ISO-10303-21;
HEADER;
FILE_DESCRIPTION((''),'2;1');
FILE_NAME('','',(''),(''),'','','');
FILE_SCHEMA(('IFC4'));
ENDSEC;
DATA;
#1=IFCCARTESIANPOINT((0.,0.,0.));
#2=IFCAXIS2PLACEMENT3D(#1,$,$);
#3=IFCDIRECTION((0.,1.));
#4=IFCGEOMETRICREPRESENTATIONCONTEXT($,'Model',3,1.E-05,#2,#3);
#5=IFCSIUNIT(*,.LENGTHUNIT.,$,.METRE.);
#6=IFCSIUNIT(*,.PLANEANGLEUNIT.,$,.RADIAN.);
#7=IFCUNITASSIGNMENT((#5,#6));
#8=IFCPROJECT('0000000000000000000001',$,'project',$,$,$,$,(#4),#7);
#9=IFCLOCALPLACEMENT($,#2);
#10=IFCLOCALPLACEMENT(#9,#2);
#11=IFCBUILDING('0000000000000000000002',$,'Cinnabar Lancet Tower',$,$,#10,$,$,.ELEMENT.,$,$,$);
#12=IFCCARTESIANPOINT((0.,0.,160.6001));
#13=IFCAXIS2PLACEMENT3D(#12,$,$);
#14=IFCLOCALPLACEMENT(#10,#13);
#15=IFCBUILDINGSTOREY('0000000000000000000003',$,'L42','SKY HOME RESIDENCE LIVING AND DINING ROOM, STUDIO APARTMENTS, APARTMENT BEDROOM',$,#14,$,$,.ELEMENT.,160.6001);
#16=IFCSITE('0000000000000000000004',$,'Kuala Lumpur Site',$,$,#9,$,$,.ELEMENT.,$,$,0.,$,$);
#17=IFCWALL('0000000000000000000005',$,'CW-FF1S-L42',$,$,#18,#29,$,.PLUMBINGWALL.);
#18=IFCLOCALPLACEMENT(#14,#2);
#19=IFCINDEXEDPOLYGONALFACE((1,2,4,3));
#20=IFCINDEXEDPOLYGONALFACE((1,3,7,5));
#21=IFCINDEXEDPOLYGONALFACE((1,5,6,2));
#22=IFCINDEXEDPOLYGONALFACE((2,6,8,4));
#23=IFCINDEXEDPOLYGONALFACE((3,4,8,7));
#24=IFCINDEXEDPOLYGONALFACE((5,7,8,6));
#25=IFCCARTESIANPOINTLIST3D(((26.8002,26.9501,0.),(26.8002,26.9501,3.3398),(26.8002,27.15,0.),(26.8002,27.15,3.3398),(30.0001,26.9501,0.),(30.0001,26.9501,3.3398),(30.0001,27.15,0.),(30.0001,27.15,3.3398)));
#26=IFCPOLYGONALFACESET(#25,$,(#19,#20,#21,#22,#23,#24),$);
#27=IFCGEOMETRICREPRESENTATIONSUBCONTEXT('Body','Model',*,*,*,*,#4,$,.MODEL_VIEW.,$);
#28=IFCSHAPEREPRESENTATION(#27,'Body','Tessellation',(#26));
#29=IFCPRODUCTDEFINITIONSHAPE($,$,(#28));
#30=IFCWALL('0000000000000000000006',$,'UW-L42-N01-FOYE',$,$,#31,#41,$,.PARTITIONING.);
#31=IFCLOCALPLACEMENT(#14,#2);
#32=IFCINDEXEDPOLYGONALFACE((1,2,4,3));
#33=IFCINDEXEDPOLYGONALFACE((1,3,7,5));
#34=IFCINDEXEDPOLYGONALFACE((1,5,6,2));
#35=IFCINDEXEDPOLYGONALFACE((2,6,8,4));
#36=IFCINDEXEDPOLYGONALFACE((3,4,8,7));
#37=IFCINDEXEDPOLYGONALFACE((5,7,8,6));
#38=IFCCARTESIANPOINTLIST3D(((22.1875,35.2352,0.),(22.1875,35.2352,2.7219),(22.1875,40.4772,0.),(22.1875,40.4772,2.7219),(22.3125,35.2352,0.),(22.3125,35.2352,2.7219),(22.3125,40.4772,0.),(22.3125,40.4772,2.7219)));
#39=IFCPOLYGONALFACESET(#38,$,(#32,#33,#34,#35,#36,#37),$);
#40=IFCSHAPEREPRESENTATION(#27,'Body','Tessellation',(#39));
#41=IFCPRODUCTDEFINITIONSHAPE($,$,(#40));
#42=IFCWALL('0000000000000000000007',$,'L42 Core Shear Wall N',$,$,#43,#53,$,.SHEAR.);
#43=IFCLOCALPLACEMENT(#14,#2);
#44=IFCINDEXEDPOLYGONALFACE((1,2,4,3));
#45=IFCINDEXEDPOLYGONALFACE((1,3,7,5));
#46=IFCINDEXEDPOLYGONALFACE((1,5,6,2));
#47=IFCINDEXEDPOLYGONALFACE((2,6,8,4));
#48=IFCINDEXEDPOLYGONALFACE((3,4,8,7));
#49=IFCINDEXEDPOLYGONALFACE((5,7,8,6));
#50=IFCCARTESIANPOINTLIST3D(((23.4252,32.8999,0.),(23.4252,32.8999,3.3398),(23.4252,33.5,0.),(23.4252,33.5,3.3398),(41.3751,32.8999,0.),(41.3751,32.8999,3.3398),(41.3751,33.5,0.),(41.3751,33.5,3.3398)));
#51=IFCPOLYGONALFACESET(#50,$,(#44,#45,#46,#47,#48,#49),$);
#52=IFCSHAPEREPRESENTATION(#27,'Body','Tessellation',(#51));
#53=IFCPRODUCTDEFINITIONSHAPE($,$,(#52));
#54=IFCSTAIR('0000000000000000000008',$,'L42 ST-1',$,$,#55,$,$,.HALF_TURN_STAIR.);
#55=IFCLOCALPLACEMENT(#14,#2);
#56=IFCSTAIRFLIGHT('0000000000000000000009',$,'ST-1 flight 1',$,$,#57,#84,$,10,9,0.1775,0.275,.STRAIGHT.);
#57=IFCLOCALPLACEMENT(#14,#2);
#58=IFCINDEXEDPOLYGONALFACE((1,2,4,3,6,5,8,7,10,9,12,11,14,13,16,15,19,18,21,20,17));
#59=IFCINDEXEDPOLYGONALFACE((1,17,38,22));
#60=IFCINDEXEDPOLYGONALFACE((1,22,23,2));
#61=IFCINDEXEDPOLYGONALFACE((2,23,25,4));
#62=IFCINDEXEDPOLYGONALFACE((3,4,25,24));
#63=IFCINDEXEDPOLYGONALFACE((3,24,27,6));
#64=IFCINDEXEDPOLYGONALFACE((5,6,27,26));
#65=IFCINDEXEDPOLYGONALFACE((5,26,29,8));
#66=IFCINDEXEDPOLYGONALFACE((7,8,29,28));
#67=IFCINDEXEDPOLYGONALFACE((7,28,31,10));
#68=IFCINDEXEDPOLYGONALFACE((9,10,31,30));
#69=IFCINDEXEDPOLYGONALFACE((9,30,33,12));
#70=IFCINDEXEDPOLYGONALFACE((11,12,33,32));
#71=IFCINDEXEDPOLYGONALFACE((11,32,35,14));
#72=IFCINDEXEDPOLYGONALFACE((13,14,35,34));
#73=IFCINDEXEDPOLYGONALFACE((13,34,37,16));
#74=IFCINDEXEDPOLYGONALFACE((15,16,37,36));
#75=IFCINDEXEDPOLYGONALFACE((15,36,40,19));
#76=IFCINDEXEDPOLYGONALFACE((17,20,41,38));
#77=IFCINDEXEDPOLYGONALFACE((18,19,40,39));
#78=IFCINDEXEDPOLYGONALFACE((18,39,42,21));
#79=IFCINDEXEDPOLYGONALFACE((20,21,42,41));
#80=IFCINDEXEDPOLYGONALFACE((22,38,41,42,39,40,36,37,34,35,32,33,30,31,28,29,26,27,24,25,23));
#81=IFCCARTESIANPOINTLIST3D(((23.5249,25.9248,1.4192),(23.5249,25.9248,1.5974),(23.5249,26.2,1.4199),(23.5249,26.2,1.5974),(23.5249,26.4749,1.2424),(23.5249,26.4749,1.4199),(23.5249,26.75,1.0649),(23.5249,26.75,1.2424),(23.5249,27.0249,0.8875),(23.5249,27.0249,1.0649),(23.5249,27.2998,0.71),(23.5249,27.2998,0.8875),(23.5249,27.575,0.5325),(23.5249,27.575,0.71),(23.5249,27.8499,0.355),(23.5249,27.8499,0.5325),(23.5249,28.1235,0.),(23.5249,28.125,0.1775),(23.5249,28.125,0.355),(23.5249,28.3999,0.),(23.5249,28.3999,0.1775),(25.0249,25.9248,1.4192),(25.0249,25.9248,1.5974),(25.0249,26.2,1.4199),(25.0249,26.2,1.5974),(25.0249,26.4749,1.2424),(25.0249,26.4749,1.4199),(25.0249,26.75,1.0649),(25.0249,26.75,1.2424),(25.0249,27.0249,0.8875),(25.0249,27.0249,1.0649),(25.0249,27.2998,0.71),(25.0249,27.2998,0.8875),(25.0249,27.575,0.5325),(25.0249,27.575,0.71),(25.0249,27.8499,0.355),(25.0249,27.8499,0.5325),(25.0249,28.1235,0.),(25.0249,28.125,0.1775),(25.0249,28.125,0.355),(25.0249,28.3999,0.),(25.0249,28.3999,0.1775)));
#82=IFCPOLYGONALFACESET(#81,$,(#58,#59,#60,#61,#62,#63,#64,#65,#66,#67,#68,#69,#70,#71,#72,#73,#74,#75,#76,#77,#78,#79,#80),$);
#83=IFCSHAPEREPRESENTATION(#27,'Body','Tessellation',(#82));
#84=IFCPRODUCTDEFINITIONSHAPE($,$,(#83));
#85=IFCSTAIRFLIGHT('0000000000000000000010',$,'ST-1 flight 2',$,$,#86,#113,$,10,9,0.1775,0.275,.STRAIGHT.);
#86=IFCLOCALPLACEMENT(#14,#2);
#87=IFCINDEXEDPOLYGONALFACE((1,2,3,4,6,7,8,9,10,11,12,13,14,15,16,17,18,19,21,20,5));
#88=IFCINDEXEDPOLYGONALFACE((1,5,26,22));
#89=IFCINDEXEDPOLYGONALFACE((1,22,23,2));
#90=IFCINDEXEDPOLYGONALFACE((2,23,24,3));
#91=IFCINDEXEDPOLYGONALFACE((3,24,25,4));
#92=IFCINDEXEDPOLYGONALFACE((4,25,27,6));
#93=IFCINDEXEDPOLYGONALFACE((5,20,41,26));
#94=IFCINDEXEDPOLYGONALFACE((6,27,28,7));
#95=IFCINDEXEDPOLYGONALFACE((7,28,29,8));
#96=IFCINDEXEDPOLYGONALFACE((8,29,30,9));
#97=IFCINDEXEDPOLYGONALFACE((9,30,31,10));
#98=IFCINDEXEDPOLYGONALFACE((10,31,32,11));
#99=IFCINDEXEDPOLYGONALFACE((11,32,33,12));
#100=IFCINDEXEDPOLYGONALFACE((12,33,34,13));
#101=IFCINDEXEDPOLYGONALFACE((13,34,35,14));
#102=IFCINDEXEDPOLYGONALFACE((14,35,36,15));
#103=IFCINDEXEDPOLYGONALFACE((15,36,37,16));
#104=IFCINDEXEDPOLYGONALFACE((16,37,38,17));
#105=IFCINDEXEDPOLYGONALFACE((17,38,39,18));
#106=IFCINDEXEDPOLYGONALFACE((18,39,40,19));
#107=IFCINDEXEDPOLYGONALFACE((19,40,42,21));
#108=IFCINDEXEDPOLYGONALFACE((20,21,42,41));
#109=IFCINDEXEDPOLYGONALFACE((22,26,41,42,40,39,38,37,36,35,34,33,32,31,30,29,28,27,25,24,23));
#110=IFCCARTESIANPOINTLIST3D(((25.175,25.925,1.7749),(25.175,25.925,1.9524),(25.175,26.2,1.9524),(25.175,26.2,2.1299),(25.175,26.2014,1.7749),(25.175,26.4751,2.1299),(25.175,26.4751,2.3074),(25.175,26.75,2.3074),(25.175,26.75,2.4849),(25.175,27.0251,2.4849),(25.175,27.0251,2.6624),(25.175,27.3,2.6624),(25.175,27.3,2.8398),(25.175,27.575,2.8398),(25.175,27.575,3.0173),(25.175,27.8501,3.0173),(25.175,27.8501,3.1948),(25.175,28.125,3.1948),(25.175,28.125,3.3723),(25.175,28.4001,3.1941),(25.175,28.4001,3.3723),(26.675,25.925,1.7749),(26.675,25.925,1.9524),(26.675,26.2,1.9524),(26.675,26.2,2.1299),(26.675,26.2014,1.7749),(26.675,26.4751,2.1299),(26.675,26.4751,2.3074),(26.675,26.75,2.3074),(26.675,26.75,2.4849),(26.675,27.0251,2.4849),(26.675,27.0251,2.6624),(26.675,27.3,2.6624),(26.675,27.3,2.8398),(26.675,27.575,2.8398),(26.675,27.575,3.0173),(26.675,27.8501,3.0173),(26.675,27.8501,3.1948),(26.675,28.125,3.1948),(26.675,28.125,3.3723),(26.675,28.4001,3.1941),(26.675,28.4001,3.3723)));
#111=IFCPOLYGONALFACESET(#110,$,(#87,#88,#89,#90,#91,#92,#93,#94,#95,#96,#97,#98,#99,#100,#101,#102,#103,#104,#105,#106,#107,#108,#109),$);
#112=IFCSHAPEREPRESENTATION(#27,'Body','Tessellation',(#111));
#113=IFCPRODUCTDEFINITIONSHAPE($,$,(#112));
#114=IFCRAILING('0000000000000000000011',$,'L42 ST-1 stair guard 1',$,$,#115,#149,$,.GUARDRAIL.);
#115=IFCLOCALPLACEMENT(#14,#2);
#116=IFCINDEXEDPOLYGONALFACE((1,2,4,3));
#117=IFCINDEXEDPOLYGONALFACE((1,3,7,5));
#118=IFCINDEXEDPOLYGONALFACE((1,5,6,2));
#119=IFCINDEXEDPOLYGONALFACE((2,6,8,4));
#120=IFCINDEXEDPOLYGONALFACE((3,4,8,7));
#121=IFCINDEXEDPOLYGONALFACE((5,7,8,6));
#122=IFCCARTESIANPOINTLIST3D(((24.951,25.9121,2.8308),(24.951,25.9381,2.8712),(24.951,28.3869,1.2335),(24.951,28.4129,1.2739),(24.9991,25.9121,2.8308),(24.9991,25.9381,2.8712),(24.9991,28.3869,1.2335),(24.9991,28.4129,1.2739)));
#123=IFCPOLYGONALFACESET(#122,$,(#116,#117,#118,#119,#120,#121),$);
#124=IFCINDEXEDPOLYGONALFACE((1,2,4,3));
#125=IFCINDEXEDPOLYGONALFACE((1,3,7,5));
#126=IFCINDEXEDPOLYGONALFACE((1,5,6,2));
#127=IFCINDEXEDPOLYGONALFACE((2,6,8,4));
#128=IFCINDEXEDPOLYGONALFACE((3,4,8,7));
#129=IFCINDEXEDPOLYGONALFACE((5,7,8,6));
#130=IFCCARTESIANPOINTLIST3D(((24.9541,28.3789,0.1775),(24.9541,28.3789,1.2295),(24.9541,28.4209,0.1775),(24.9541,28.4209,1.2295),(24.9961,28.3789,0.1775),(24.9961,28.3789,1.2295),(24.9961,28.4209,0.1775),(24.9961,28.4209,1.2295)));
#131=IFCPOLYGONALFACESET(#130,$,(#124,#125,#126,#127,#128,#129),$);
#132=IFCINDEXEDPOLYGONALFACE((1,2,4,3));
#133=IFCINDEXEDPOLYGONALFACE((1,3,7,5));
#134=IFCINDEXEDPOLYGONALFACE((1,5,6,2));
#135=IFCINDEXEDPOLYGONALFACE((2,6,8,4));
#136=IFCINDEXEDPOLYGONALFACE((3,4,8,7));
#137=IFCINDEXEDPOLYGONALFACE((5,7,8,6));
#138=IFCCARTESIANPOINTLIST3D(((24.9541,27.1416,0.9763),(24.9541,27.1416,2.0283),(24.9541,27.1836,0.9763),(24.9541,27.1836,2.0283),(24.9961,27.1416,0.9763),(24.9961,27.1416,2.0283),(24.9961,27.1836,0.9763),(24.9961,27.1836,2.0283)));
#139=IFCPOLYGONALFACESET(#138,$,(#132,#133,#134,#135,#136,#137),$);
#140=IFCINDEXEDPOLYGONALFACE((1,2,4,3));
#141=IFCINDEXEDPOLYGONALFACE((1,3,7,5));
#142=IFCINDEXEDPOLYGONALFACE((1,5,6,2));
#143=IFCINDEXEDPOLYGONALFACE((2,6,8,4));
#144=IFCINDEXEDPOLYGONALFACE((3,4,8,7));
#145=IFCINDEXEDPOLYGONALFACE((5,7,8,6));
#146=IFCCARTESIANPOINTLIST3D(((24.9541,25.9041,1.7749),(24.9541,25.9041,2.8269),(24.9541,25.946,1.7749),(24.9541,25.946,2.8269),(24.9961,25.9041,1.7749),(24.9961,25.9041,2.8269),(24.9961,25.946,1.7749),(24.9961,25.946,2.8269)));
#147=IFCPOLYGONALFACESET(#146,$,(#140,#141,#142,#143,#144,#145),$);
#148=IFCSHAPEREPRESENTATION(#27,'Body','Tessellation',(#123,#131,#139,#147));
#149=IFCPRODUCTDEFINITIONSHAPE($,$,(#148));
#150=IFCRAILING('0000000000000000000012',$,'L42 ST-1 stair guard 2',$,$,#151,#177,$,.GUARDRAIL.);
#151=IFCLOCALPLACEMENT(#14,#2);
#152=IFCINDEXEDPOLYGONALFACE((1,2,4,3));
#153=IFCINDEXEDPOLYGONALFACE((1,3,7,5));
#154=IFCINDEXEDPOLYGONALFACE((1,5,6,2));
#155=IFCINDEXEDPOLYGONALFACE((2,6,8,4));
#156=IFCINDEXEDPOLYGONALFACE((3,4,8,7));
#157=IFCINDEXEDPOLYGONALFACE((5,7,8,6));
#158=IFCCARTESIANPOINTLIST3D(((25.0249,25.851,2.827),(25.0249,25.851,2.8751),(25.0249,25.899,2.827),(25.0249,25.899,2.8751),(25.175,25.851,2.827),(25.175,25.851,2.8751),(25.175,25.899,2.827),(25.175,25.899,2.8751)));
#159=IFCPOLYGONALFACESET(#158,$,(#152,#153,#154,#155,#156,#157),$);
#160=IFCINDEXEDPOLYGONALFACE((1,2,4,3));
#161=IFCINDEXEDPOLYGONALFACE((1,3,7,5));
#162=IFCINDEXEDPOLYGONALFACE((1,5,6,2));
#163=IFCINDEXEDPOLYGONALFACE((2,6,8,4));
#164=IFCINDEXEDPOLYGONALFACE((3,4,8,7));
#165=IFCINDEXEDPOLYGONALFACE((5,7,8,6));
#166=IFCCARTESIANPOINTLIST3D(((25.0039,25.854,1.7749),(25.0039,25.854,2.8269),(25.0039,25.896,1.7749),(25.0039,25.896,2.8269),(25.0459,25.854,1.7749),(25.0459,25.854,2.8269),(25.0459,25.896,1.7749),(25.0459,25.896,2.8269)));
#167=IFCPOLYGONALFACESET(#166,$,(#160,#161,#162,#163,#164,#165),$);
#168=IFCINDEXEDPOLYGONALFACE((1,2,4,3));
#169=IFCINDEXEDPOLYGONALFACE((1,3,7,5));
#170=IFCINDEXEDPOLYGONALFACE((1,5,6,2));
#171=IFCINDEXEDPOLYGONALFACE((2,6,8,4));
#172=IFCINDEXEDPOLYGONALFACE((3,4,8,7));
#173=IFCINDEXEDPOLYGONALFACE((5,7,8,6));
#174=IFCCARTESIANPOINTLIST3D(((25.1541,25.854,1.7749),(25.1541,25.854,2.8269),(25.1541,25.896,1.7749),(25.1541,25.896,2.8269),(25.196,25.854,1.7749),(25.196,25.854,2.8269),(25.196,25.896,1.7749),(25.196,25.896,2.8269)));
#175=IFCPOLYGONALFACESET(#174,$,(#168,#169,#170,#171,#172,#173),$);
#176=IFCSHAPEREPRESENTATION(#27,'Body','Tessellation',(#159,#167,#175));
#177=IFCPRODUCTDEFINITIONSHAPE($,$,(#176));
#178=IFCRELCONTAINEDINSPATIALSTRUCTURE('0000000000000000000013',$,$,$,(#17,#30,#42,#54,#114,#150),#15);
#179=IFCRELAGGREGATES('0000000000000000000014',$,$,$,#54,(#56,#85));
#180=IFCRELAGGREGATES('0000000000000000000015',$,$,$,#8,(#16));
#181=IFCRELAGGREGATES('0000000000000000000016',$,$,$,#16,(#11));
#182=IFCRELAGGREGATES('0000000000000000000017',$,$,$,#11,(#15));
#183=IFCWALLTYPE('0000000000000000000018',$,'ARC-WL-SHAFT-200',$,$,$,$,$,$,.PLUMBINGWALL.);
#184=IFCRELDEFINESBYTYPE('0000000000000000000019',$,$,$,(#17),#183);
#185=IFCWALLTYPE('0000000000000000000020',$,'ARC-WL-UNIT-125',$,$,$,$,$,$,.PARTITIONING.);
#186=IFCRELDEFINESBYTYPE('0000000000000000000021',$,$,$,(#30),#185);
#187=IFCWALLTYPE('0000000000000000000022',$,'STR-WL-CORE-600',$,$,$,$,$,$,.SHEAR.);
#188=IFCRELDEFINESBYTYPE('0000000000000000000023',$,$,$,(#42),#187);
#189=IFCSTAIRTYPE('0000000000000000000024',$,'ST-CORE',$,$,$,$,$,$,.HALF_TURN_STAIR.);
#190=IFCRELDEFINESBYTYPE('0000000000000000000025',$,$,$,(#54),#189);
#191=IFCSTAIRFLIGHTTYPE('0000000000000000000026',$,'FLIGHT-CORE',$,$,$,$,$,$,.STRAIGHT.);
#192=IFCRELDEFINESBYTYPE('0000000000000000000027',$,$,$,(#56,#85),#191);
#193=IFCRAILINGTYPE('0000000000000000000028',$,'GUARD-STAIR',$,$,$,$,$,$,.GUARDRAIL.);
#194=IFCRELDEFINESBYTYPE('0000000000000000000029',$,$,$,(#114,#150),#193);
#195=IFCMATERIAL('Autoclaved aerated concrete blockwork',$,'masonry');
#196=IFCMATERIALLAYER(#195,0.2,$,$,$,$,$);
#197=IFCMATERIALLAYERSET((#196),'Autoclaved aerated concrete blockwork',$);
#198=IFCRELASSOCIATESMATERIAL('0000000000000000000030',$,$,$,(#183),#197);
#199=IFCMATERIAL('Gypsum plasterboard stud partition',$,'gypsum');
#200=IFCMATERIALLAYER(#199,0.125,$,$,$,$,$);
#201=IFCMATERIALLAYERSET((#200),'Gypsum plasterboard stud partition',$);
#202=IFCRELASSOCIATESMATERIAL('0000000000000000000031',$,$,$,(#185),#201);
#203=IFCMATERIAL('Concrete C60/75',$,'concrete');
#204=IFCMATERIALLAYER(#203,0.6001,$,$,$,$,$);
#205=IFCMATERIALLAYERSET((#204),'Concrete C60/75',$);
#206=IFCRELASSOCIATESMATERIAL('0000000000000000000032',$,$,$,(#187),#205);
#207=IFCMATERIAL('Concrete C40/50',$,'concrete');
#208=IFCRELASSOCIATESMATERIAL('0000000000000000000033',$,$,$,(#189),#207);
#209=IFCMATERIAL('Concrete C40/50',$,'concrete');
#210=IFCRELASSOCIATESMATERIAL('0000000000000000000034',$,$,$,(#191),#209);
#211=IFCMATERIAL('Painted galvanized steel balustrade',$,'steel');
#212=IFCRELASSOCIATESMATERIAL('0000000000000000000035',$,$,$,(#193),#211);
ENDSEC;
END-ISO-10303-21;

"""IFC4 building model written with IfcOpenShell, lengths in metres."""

from ifc_helpers import new_model, si_unit, direction, frame, frame_2d, origin, origin_2d, place, context, subcontext, project, spatial, polyline, rectangle, outline, extrude, material, layer, layer_set, type_object, element, aggregate, save


model = new_model("IFC4")

# Units and contexts
model_context = context("Model", 3, precision=1e-05, world=origin(), true_north=direction((0.0, 1.0)))
body_context = subcontext(model_context, "Body", "Model", "MODEL_VIEW")
ifc_project = project(units=[si_unit("LENGTHUNIT", "METRE"), si_unit("PLANEANGLEUNIT", "RADIAN")], contexts=[model_context])

# Site, building, storey
site_placement = place(None, origin())
site = spatial("IfcSite", under=ifc_project, at=site_placement, Name="Kuala Lumpur Site", CompositionType="ELEMENT", RefElevation=0.0)
building_placement = place(site_placement, origin())
building = spatial("IfcBuilding", under=site, at=building_placement, Name="Cinnabar Lancet Tower", CompositionType="ELEMENT")
storey_placement = place(building_placement, frame((0.0, 0.0, 160.6001)))
storey = spatial("IfcBuildingStorey", under=building, at=storey_placement, Name="L42", Description="SKY HOME RESIDENCE LIVING AND DINING ROOM, STUDIO APARTMENTS, APARTMENT BEDROOM", CompositionType="ELEMENT", Elevation=160.6001)

# Shared definitions
ifc_material_1 = material(Name="Autoclaved aerated concrete blockwork", Category="masonry")
ifc_layer_1 = layer(ifc_material_1, 0.2)
ifc_layer_set_1 = layer_set([ifc_layer_1], Name="Autoclaved aerated concrete blockwork")
wall_type_1 = type_object("IfcWallType", Name="ARC-WL-SHAFT-200", PredefinedType="PLUMBINGWALL", material=ifc_layer_set_1)

# Walls
wall_1_placement = place(storey_placement, frame((26.8, 27.05, 0.0), z_axis=(0.0, 0.0, 1.0), x_axis=(1.0, 0.0, 0.0)))
element("IfcWall", 1, at=wall_1_placement, inside=storey, type_object=wall_type_1, Name="CW-FF1S-L42", PredefinedType="PLUMBINGWALL", context=body_context, shape_type="SweptSolid", body=[
    extrude(rectangle(XDim=3.2, YDim=0.2, at=frame_2d((1.6001, 0.0))), origin(), (0.0, 0.0, 1.0), 3.3398),
])
ifc_material_2 = material(Name="Gypsum plasterboard stud partition", Category="gypsum")
ifc_layer_2 = layer(ifc_material_2, 0.125)
ifc_layer_set_2 = layer_set([ifc_layer_2], Name="Gypsum plasterboard stud partition")
wall_type_2 = type_object("IfcWallType", Name="ARC-WL-UNIT-125", PredefinedType="PARTITIONING", material=ifc_layer_set_2)
wall_2_placement = place(storey_placement, frame((22.25, 35.2351, 0.0), z_axis=(0.0, 0.0, 1.0), x_axis=(0.0, 1.0, 0.0)))
element("IfcWall", 2, at=wall_2_placement, inside=storey, type_object=wall_type_2, Name="UW-L42-N01-FOYE", PredefinedType="PARTITIONING", context=body_context, shape_type="SweptSolid", body=[
    extrude(rectangle(XDim=5.2419, YDim=0.125, at=frame_2d((2.6211, 0.0))), origin(), (0.0, 0.0, 1.0), 2.7219),
])
ifc_material_3 = material(Name="Concrete C60/75", Category="concrete")
ifc_layer_3 = layer(ifc_material_3, 0.6001)
ifc_layer_set_3 = layer_set([ifc_layer_3], Name="Concrete C60/75")
wall_type_3 = type_object("IfcWallType", Name="STR-WL-CORE-600", PredefinedType="SHEAR", material=ifc_layer_set_3)
wall_3_placement = place(storey_placement, frame((23.425, 33.2, 0.0), z_axis=(0.0, 0.0, 1.0), x_axis=(1.0, 0.0, 0.0)))
element("IfcWall", 3, at=wall_3_placement, inside=storey, type_object=wall_type_3, Name="L42 Core Shear Wall N", PredefinedType="SHEAR", context=body_context, shape_type="SweptSolid", body=[
    extrude(rectangle(XDim=17.95, YDim=0.6001, at=frame_2d((8.9751, 0.0))), origin(), (0.0, 0.0, 1.0), 3.3398),
])

# Stair, stair flights
ifc_material_4 = material(Name="Concrete C40/50", Category="concrete")
stair_type = type_object("IfcStairType", Name="ST-CORE", PredefinedType="HALF_TURN_STAIR", material=ifc_material_4)
stair_placement = place(storey_placement, origin())
stair = element("IfcStair", 4, at=stair_placement, inside=storey, type_object=stair_type, Name="L42 ST-1", PredefinedType="HALF_TURN_STAIR")
ifc_material_5 = material(Name="Concrete C40/50", Category="concrete")
stair_flight_type = type_object("IfcStairFlightType", Name="FLIGHT-CORE", PredefinedType="STRAIGHT", material=ifc_material_5)
stair_flight_1_placement = place(storey_placement, frame((24.2749, 28.3999, 0.0), z_axis=(0.0, 0.0, 1.0), x_axis=(0.0, -1.0, 0.0)))
stair_flight_1 = element("IfcStairFlight", 5, at=stair_flight_1_placement, type_object=stair_flight_type, Name="ST-1 flight 1", NumberOfRisers=10, NumberOfTreads=9, PredefinedType="STRAIGHT", RiserHeight=0.1775, TreadLength=0.275, context=body_context, shape_type="SweptSolid", body=[
    extrude(outline(polyline([(0.0, 0.0), (0.0, 0.1775), (0.2749, 0.1775), (0.2749, 0.355), (0.55, 0.355), (0.55, 0.5325), (0.825, 0.5325), (0.825, 0.71), (1.1001, 0.71), (1.1001, 0.8875), (1.375, 0.8875), (1.375, 1.0649), (1.6499, 1.0649), (1.6499, 1.2424), (1.925, 1.2424), (1.925, 1.4199), (2.2, 1.4199), (2.2, 1.5974), (2.4751, 1.5974), (2.4751, 1.7749), (2.4751, 1.4192), (0.2764, 0.0), (0.0, 0.0)])), frame((0.0, 0.75, 0.0), z_axis=(0.0, -1.0, 0.0), x_axis=(1.0, 0.0, 0.0)), (0.0, 0.0, 1.0), 1.5),
])
stair_flight_2_placement = place(storey_placement, frame((25.925, 25.925, 1.7749), z_axis=(0.0, 0.0, 1.0), x_axis=(0.0, 1.0, 0.0)))
stair_flight_2 = element("IfcStairFlight", 6, at=stair_flight_2_placement, type_object=stair_flight_type, Name="ST-1 flight 2", NumberOfRisers=10, NumberOfTreads=9, PredefinedType="STRAIGHT", RiserHeight=0.1775, TreadLength=0.275, context=body_context, shape_type="SweptSolid", body=[
    extrude(outline(polyline([(0.0, 0.0), (0.0, 0.1775), (0.2749, 0.1775), (0.2749, 0.355), (0.55, 0.355), (0.55, 0.5325), (0.825, 0.5325), (0.825, 0.71), (1.1001, 0.71), (1.1001, 0.8875), (1.375, 0.8875), (1.375, 1.0649), (1.6499, 1.0649), (1.6499, 1.2424), (1.925, 1.2424), (1.925, 1.4199), (2.2, 1.4199), (2.2, 1.5974), (2.4751, 1.5974), (2.4751, 1.7749), (2.4751, 1.4192), (0.2764, 0.0), (0.0, 0.0)])), frame((0.0, 0.75, 0.0), z_axis=(0.0, -1.0, 0.0), x_axis=(1.0, 0.0, 0.0)), (0.0, 0.0, 1.0), 1.5),
])
aggregate(stair, [stair_flight_1, stair_flight_2])

# Railings
ifc_material_6 = material(Name="Painted galvanized steel balustrade", Category="steel")
railing_type_1 = type_object("IfcRailingType", Name="GUARD-STAIR", PredefinedType="GUARDRAIL", material=ifc_material_6)
railing_1_placement = place(storey_placement, frame((24.9751, 28.3999, 0.1775)))
element("IfcRailing", 7, at=railing_1_placement, inside=storey, type_object=railing_type_1, Name="L42 ST-1 stair guard 1", PredefinedType="GUARDRAIL", context=body_context, shape_type="SweptSolid", body=[
    extrude(rectangle(XDim=0.0481, YDim=0.0481, at=origin_2d()), frame((0.0, 0.0, 1.0762), z_axis=(0.0, -0.840183, 0.542302), x_axis=(1.0, 0.0, 0.0)), (0.0, 0.0, 1.0), 2.9456),
    extrude(rectangle(XDim=0.042, YDim=0.042, at=origin_2d()), origin(), (0.0, 0.0, 1.0), 1.052),
    extrude(rectangle(XDim=0.042, YDim=0.042, at=origin_2d()), frame((0.0, -1.2373, 0.7988)), (0.0, 0.0, 1.0), 1.052),
    extrude(rectangle(XDim=0.042, YDim=0.042, at=origin_2d()), frame((0.0, -2.4749, 1.5974)), (0.0, 0.0, 1.0), 1.052),
])
railing_2_placement = place(storey_placement, frame((25.0249, 25.875, 1.7749)))
element("IfcRailing", 8, at=railing_2_placement, inside=storey, type_object=railing_type_1, Name="L42 ST-1 stair guard 2", PredefinedType="GUARDRAIL", context=body_context, shape_type="SweptSolid", body=[
    extrude(rectangle(XDim=0.0481, YDim=0.0481, at=origin_2d()), frame((0.0, 0.0, 1.0762), z_axis=(1.0, 0.0, 0.0), x_axis=(0.0, 1.0, 0.0)), (0.0, 0.0, 1.0), 0.1501),
    extrude(rectangle(XDim=0.042, YDim=0.042, at=origin_2d()), origin(), (0.0, 0.0, 1.0), 1.052),
    extrude(rectangle(XDim=0.042, YDim=0.042, at=origin_2d()), frame((0.1501, 0.0, 0.0)), (0.0, 0.0, 1.0), 1.052),
])

save(model, "model.ifc")
